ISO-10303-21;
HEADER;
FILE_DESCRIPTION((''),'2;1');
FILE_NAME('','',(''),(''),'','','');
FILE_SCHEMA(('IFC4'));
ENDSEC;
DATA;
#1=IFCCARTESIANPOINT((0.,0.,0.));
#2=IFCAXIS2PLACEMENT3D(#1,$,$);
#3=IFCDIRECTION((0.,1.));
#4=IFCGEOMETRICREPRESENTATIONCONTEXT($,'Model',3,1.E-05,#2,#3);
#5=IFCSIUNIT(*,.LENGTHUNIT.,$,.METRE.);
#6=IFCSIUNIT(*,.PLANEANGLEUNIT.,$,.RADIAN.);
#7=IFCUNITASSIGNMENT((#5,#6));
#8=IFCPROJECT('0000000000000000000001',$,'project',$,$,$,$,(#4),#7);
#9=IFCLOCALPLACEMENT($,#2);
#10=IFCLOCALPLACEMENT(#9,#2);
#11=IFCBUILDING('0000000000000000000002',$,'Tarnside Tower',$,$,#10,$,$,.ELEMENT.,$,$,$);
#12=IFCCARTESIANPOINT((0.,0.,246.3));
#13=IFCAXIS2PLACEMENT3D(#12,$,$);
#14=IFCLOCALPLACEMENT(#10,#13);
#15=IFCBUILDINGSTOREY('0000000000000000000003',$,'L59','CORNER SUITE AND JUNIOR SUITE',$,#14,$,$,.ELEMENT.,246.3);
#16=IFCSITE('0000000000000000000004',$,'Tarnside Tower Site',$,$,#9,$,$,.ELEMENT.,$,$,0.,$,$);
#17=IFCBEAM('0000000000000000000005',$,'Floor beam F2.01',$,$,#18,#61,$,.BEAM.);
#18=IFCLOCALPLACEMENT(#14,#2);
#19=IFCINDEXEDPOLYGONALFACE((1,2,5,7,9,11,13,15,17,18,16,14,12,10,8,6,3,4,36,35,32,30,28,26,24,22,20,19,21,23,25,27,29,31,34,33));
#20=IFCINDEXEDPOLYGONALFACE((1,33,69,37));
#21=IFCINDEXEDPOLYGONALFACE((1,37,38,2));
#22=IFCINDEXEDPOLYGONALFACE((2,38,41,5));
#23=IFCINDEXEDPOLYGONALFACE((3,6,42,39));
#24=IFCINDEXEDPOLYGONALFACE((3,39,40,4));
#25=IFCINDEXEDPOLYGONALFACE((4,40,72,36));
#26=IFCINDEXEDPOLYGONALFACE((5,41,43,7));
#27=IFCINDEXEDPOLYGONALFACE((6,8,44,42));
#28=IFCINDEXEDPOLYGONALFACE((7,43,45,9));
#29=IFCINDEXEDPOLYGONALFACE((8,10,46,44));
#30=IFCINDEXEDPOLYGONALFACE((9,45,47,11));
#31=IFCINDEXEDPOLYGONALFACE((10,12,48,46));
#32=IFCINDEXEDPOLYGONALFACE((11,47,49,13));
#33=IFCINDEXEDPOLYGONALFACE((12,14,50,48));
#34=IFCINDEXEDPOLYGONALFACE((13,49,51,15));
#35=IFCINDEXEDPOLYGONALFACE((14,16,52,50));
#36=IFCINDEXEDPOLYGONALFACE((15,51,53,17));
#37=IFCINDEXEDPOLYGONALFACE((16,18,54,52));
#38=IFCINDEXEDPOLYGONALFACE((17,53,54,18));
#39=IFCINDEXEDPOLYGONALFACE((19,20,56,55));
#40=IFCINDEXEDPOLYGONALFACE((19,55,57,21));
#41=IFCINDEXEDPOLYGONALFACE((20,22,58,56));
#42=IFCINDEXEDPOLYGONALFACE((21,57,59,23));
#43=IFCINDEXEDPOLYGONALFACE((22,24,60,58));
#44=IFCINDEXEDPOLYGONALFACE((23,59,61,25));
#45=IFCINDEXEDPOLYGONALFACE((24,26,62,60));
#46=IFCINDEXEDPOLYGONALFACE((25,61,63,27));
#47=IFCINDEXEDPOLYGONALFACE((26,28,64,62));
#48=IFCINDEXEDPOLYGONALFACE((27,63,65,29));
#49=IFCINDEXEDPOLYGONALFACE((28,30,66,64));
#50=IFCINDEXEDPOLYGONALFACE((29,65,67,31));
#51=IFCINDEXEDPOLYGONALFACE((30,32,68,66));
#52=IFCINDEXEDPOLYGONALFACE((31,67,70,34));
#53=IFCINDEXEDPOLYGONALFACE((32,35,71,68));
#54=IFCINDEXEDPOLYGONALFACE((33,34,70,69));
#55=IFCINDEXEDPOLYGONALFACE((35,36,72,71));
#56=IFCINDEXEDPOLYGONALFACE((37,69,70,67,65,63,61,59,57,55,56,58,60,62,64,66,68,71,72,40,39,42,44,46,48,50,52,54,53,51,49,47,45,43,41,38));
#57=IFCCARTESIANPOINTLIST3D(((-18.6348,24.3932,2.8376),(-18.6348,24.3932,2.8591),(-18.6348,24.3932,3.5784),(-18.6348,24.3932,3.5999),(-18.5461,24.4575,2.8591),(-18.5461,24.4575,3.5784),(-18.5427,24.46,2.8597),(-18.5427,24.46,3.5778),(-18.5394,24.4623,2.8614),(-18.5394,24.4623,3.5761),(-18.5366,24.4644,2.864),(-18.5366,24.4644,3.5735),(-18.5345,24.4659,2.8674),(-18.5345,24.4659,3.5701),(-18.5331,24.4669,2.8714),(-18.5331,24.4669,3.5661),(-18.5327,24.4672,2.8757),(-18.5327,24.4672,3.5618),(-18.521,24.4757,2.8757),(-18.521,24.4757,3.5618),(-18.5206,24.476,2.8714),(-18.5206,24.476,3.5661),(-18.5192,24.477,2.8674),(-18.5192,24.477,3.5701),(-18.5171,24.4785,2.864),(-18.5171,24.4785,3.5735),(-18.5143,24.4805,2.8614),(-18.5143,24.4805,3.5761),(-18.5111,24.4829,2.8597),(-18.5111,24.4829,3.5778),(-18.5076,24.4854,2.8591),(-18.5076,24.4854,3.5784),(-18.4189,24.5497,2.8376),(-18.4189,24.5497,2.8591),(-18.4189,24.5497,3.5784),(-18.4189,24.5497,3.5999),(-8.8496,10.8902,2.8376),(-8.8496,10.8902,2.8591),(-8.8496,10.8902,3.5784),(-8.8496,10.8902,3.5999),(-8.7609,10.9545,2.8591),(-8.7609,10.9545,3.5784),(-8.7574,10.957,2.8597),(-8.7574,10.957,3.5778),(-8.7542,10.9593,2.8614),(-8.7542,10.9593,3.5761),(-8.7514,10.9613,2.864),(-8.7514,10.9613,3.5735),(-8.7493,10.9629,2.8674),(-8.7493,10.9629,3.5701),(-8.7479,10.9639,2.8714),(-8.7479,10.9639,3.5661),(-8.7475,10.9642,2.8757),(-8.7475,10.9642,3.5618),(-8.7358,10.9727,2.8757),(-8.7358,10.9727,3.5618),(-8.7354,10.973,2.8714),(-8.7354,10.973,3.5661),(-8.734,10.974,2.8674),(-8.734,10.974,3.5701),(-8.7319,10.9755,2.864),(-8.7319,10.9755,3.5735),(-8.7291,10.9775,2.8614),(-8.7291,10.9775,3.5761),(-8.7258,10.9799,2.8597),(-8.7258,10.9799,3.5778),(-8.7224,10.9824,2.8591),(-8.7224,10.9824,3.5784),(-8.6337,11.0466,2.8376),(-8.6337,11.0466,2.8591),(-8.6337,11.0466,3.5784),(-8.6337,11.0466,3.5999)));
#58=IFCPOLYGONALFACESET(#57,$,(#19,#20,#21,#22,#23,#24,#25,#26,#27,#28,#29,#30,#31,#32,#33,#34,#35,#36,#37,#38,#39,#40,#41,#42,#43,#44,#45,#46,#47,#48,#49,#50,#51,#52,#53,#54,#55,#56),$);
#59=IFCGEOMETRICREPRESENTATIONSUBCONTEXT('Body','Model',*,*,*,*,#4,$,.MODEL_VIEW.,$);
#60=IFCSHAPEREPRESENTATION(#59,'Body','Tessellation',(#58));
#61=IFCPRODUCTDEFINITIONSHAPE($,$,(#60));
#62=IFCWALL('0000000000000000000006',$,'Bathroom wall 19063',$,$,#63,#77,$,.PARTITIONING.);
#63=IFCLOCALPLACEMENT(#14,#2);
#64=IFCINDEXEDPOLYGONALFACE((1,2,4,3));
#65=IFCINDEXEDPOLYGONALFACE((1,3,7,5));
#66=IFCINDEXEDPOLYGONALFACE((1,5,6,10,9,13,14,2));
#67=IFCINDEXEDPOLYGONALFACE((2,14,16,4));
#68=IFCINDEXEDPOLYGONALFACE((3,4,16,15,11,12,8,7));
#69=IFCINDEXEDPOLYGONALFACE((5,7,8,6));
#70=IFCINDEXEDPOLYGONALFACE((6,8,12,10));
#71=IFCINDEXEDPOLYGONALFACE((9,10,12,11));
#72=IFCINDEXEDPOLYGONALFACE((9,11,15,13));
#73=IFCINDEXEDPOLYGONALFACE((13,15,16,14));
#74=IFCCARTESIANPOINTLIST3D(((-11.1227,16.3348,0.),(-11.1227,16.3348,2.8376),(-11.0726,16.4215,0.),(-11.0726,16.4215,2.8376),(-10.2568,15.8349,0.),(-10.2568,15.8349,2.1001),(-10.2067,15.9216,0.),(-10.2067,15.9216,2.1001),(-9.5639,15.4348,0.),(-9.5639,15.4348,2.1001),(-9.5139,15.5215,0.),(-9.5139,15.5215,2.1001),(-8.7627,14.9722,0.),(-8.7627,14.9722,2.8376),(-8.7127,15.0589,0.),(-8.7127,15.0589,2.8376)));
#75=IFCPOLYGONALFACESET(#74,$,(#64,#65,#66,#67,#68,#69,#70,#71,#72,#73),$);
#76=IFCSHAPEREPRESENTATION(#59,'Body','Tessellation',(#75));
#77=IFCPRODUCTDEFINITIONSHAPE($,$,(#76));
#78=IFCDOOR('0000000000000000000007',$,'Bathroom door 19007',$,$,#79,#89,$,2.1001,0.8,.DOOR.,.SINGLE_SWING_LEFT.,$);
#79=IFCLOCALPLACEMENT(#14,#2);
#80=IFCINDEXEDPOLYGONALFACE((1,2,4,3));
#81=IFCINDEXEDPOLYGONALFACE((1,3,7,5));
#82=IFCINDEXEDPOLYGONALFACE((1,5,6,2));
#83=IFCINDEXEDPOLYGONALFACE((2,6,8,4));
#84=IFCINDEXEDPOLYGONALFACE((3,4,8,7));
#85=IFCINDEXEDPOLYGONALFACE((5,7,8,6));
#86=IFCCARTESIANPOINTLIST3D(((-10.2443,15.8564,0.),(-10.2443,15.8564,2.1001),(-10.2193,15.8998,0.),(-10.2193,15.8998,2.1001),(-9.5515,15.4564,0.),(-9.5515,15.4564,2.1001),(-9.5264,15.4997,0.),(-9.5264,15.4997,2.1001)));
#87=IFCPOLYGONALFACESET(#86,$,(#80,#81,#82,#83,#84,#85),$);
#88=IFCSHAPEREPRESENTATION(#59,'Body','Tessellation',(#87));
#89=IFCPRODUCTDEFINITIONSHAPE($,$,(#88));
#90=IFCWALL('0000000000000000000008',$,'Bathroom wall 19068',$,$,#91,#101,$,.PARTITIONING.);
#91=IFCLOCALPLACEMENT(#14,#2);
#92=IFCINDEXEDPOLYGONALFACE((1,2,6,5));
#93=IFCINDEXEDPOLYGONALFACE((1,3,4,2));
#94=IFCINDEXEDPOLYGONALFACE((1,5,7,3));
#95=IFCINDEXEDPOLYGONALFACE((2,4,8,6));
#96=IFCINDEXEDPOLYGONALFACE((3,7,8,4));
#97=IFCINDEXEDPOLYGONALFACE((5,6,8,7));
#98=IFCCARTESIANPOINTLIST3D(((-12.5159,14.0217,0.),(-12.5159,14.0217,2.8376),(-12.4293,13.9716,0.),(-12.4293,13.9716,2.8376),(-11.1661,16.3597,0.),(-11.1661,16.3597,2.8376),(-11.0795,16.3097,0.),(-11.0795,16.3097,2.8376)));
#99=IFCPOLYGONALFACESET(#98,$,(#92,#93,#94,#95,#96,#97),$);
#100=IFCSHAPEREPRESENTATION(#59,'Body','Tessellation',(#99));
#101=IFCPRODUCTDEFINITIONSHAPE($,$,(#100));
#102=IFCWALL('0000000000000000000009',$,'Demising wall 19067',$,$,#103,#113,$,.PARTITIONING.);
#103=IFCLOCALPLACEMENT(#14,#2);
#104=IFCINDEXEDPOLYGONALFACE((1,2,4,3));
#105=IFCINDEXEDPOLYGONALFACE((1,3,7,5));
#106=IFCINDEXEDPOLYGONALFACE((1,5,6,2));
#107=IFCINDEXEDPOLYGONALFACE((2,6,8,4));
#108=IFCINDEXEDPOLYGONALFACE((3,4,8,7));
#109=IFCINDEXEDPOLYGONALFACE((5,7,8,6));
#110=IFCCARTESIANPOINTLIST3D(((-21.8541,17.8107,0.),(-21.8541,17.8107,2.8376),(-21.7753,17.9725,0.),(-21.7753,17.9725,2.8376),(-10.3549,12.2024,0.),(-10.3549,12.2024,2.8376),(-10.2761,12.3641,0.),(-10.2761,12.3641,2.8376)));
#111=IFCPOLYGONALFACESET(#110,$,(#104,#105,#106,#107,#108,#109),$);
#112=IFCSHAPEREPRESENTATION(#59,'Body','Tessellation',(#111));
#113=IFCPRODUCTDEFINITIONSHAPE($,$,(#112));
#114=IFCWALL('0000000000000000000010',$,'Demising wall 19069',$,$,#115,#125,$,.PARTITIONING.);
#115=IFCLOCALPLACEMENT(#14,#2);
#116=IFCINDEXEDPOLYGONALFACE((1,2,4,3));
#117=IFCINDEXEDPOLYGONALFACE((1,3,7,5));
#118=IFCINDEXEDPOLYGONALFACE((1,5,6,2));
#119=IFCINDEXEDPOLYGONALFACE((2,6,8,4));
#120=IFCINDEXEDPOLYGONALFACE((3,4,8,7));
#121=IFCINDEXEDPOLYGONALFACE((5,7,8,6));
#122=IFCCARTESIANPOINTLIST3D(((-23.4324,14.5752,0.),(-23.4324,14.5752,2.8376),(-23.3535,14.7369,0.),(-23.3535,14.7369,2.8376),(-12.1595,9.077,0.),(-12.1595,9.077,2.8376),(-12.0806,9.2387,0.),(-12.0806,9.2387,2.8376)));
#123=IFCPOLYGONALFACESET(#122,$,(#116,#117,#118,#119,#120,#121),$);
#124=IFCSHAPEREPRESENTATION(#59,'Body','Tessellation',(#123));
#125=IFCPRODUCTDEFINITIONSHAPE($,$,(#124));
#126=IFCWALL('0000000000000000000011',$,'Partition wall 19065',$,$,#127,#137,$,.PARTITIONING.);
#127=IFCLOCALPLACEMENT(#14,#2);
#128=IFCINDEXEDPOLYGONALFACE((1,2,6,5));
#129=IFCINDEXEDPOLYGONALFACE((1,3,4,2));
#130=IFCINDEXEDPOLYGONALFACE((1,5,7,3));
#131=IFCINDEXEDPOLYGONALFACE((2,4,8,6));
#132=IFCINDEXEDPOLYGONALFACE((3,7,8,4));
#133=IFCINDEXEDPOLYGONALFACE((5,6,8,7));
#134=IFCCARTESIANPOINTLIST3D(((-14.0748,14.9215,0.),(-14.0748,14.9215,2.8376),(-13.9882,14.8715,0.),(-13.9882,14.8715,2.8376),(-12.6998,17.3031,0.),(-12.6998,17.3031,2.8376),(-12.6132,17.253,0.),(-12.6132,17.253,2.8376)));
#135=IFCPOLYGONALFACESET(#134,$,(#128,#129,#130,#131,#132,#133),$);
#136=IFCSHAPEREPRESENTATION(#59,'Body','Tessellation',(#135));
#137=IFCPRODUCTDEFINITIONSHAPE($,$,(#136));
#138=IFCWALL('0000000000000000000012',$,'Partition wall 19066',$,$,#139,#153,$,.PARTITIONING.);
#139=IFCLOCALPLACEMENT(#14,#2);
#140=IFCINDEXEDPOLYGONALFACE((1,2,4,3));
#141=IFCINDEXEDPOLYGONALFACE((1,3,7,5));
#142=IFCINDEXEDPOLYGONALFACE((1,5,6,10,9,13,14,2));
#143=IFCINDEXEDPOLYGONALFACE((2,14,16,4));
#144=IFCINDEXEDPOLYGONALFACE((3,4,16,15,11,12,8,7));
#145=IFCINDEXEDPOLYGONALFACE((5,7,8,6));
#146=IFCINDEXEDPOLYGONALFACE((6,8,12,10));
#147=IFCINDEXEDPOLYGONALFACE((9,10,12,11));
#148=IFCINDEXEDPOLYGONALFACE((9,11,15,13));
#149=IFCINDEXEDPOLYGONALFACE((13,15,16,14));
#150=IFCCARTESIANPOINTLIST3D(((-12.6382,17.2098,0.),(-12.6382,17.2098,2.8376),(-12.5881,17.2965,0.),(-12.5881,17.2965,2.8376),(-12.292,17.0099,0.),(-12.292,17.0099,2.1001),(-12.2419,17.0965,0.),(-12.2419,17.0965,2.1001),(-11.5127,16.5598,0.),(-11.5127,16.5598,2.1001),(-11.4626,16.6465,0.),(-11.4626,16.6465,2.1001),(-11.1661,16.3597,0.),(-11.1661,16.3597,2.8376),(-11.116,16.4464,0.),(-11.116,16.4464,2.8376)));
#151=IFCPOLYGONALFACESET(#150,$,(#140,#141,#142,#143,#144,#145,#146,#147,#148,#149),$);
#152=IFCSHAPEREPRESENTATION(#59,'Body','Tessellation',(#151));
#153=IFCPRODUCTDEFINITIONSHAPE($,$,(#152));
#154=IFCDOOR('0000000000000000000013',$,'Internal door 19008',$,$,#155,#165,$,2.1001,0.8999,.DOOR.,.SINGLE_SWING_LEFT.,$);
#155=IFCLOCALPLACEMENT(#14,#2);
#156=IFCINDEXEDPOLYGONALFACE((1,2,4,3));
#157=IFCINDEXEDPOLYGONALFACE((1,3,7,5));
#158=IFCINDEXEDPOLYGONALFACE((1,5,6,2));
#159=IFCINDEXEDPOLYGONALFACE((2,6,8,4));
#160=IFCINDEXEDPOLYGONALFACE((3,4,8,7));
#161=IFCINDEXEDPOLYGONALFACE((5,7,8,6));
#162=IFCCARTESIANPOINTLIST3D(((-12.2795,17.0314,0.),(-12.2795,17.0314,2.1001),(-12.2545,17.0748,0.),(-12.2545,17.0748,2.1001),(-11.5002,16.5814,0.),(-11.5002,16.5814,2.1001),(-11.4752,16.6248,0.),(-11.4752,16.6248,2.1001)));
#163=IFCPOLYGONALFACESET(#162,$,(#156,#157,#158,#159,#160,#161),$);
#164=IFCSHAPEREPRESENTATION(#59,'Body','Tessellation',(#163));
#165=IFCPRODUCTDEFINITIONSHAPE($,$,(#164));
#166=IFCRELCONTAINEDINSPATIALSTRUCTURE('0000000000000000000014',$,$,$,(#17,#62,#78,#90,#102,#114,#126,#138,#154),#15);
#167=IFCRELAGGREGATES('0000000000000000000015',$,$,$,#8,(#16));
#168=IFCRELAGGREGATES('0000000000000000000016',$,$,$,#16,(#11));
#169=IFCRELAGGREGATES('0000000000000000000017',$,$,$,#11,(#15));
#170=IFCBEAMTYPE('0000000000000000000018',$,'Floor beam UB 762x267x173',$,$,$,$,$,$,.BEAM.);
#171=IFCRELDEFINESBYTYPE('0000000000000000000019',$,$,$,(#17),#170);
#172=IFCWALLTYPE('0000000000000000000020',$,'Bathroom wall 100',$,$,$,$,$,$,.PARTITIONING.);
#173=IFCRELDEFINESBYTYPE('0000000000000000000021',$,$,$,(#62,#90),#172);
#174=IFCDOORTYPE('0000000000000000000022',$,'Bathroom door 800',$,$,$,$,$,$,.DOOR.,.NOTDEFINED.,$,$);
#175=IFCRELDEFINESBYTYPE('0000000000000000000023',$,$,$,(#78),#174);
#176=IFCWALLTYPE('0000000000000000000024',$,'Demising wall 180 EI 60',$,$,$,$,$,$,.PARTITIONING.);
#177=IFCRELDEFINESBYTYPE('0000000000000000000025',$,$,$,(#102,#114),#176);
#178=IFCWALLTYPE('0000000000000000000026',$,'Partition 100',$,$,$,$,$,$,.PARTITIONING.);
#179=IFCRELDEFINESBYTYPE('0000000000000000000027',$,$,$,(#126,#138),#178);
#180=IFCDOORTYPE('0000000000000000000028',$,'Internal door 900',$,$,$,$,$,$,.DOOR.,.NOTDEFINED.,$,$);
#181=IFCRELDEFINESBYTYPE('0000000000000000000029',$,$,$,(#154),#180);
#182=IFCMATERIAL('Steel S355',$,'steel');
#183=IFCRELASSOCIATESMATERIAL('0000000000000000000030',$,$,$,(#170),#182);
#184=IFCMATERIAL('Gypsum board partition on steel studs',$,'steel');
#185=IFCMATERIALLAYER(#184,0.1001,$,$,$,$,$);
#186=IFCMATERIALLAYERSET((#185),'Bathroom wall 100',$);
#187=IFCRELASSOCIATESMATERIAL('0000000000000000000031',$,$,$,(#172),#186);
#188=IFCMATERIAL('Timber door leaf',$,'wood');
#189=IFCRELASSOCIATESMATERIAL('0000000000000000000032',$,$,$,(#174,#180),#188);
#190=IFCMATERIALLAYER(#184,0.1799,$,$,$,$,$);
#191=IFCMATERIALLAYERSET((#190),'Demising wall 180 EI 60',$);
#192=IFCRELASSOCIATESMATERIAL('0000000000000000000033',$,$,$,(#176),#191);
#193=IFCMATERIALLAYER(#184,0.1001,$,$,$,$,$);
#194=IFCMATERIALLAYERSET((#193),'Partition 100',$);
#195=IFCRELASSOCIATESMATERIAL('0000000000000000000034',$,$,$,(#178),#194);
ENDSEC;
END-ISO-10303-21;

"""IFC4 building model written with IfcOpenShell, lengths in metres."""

from ifc_helpers import new_model, si_unit, direction, frame, frame_2d, origin, origin_2d, place, context, subcontext, project, spatial, rectangle, i_section, extrude, material, layer, layer_set, material_profile, profile_set, type_object, element, fill, save


model = new_model("IFC4")

# Units and contexts
model_context = context("Model", 3, precision=1e-05, world=origin(), true_north=direction((0.0, 1.0)))
body_context = subcontext(model_context, "Body", "Model", "MODEL_VIEW")
ifc_project = project(units=[si_unit("LENGTHUNIT", "METRE"), si_unit("PLANEANGLEUNIT", "RADIAN")], contexts=[model_context])

# Site, building, storey
site_placement = place(None, origin())
site = spatial("IfcSite", under=ifc_project, at=site_placement, Name="Tarnside Tower Site", CompositionType="ELEMENT", RefElevation=0.0)
building_placement = place(site_placement, origin())
building = spatial("IfcBuilding", under=site, at=building_placement, Name="Tarnside Tower", CompositionType="ELEMENT")
storey_placement = place(building_placement, frame((0.0, 0.0, 246.3)))
storey = spatial("IfcBuildingStorey", under=building, at=storey_placement, Name="L59", Description="CORNER SUITE AND JUNIOR SUITE", CompositionType="ELEMENT", Elevation=246.3)

# Beam
ifc_material_1 = material(Name="Steel S355", Category="steel")
ifc_material_profile_1 = material_profile(ifc_material_1, i_section(OverallWidth=0.2666, OverallDepth=0.7622, WebThickness=0.0144, FlangeThickness=0.0215, FilletRadius=0.0166, at=origin_2d()), Name="UB 762x267x173")
ifc_profile_set_1 = profile_set([ifc_material_profile_1], Name="Steel S355")
beam_type_1 = type_object("IfcBeamType", Name="Floor beam UB 762x267x173", PredefinedType="BEAM", material=ifc_profile_set_1)
beam_1_placement = place(storey_placement, frame((-18.5269, 24.4714, 3.2188), z_axis=(0.586792, -0.809738, 0.0), x_axis=(0.809738, 0.586792, 0.0)))
element("IfcBeam", 1, at=beam_1_placement, inside=storey, type_object=beam_type_1, Name="Floor beam F2.01", PredefinedType="BEAM", context=body_context, shape_type="SweptSolid", body=[
    extrude(i_section(OverallWidth=0.2666, OverallDepth=0.7622, WebThickness=0.0144, FlangeThickness=0.0215, FilletRadius=0.0166, at=origin_2d()), origin(), (0.0, 0.0, 1.0), 16.6758),
])

# Wall, opening, door
ifc_material_2 = material(Name="Gypsum board partition on steel studs", Category="steel")
ifc_layer_1 = layer(ifc_material_2, 0.1001)
ifc_layer_set_1 = layer_set([ifc_layer_1], Name="Bathroom wall 100")
wall_type_1 = type_object("IfcWallType", Name="Bathroom wall 100", PredefinedType="PARTITIONING", material=ifc_layer_set_1)
wall_1_placement = place(storey_placement, frame((-11.0977, 16.3782, 0.0), z_axis=(0.0, 0.0, 1.0), x_axis=(0.866013, -0.500022, 0.0)))
wall_1 = element("IfcWall", 2, at=wall_1_placement, inside=storey, type_object=wall_type_1, Name="Bathroom wall 19063", PredefinedType="PARTITIONING", context=body_context, shape_type="SweptSolid", body=[
    extrude(rectangle(XDim=2.7251, YDim=0.1001, at=frame_2d((1.3625, 0.0))), origin(), (0.0, 0.0, 1.0), 2.8376),
])
opening_1_placement = place(wall_1_placement, frame((1.0, 0.0, 0.0)))
opening_1 = element("IfcOpeningElement", 3, at=opening_1_placement, cuts=wall_1, PredefinedType="OPENING", context=body_context, shape_type="SweptSolid", body=[
    extrude(rectangle(XDim=0.8, YDim=2.1001, at=frame_2d((0.3999, 1.05))), frame((0.0, 0.0601, 0.0), z_axis=(0.0, -1.0, 0.0), x_axis=(1.0, 0.0, 0.0)), (0.0, 0.0, 1.0), 0.1201),
])
ifc_material_3 = material(Name="Timber door leaf", Category="wood")
door_type_1 = type_object("IfcDoorType", Name="Bathroom door 800", OperationType="NOTDEFINED", PredefinedType="DOOR", material=ifc_material_3)
door_1_placement = place(opening_1_placement, origin())
door_1 = element("IfcDoor", 4, at=door_1_placement, inside=storey, type_object=door_type_1, Name="Bathroom door 19007", OperationType="SINGLE_SWING_LEFT", OverallHeight=2.1001, OverallWidth=0.8, PredefinedType="DOOR", context=body_context, shape_type="SweptSolid", body=[
    extrude(rectangle(XDim=0.8, YDim=2.1001, at=frame_2d((0.3999, 1.05))), frame((0.0, 0.0249, 0.0), z_axis=(0.0, -1.0, 0.0), x_axis=(1.0, 0.0, 0.0)), (0.0, 0.0, 1.0), 0.05),
])
fill(opening_1, door_1)

# Walls
wall_2_placement = place(storey_placement, frame((-11.1228, 16.3347, 0.0), z_axis=(0.0, 0.0, 1.0), x_axis=(-0.499981, -0.866037, 0.0)))
element("IfcWall", 5, at=wall_2_placement, inside=storey, type_object=wall_type_1, Name="Bathroom wall 19068", PredefinedType="PARTITIONING", context=body_context, shape_type="SweptSolid", body=[
    extrude(rectangle(XDim=2.6997, YDim=0.1001, at=frame_2d((1.3499, 0.0))), origin(), (0.0, 0.0, 1.0), 2.8376),
])
ifc_layer_2 = layer(ifc_material_2, 0.1799)
ifc_layer_set_2 = layer_set([ifc_layer_2], Name="Demising wall 180 EI 60")
wall_type_2 = type_object("IfcWallType", Name="Demising wall 180 EI 60", PredefinedType="PARTITIONING", material=ifc_layer_set_2)
wall_3_placement = place(storey_placement, frame((-21.8147, 17.8916, 0.0), z_axis=(0.0, 0.0, 1.0), x_axis=(0.898799, -0.43836, 0.0)))
element("IfcWall", 6, at=wall_3_placement, inside=storey, type_object=wall_type_2, Name="Demising wall 19067", PredefinedType="PARTITIONING", context=body_context, shape_type="SweptSolid", body=[
    extrude(rectangle(XDim=12.7939, YDim=0.1799, at=frame_2d((6.397, 0.0))), origin(), (0.0, 0.0, 1.0), 2.8376),
])
wall_4_placement = place(storey_placement, frame((-23.3928, 14.656, 0.0), z_axis=(0.0, 0.0, 1.0), x_axis=(0.898791, -0.438378, 0.0)))
element("IfcWall", 7, at=wall_4_placement, inside=storey, type_object=wall_type_2, Name="Demising wall 19069", PredefinedType="PARTITIONING", context=body_context, shape_type="SweptSolid", body=[
    extrude(rectangle(XDim=12.5422, YDim=0.1799, at=frame_2d((6.271, 0.0))), origin(), (0.0, 0.0, 1.0), 2.8376),
])
ifc_layer_3 = layer(ifc_material_2, 0.1001)
ifc_layer_set_3 = layer_set([ifc_layer_3], Name="Partition 100")
wall_type_3 = type_object("IfcWallType", Name="Partition 100", PredefinedType="PARTITIONING", material=ifc_layer_set_3)
wall_5_placement = place(storey_placement, frame((-14.0315, 14.8965, 0.0), z_axis=(0.0, 0.0, 1.0), x_axis=(0.499997, 0.866027, 0.0)))
element("IfcWall", 8, at=wall_5_placement, inside=storey, type_object=wall_type_3, Name="Partition wall 19065", PredefinedType="PARTITIONING", context=body_context, shape_type="SweptSolid", body=[
    extrude(rectangle(XDim=2.75, YDim=0.1001, at=frame_2d((1.375, 0.0))), origin(), (0.0, 0.0, 1.0), 2.8376),
])

# Wall, opening, door
wall_6_placement = place(storey_placement, frame((-12.6133, 17.2532, 0.0), z_axis=(0.0, 0.0, 1.0), x_axis=(0.865989, -0.500062, 0.0)))
wall_6 = element("IfcWall", 9, at=wall_6_placement, inside=storey, type_object=wall_type_3, Name="Partition wall 19066", PredefinedType="PARTITIONING", context=body_context, shape_type="SweptSolid", body=[
    extrude(rectangle(XDim=1.7, YDim=0.1001, at=frame_2d((0.8501, 0.0))), origin(), (0.0, 0.0, 1.0), 2.8376),
])
opening_2_placement = place(wall_6_placement, frame((0.3999, 0.0, 0.0)))
opening_2 = element("IfcOpeningElement", 10, at=opening_2_placement, cuts=wall_6, PredefinedType="OPENING", context=body_context, shape_type="SweptSolid", body=[
    extrude(rectangle(XDim=0.8999, YDim=2.1001, at=frame_2d((0.45, 1.05))), frame((0.0, 0.0601, 0.0), z_axis=(0.0, -1.0, 0.0), x_axis=(1.0, 0.0, 0.0)), (0.0, 0.0, 1.0), 0.1201),
])
door_type_2 = type_object("IfcDoorType", Name="Internal door 900", OperationType="NOTDEFINED", PredefinedType="DOOR", material=ifc_material_3)
door_2_placement = place(opening_2_placement, origin())
door_2 = element("IfcDoor", 11, at=door_2_placement, inside=storey, type_object=door_type_2, Name="Internal door 19008", OperationType="SINGLE_SWING_LEFT", OverallHeight=2.1001, OverallWidth=0.8999, PredefinedType="DOOR", context=body_context, shape_type="SweptSolid", body=[
    extrude(rectangle(XDim=0.8999, YDim=2.1001, at=frame_2d((0.45, 1.05))), frame((0.0, 0.0249, 0.0), z_axis=(0.0, -1.0, 0.0), x_axis=(1.0, 0.0, 0.0)), (0.0, 0.0, 1.0), 0.05),
])
fill(opening_2, door_2)

save(model, "model.ifc")
